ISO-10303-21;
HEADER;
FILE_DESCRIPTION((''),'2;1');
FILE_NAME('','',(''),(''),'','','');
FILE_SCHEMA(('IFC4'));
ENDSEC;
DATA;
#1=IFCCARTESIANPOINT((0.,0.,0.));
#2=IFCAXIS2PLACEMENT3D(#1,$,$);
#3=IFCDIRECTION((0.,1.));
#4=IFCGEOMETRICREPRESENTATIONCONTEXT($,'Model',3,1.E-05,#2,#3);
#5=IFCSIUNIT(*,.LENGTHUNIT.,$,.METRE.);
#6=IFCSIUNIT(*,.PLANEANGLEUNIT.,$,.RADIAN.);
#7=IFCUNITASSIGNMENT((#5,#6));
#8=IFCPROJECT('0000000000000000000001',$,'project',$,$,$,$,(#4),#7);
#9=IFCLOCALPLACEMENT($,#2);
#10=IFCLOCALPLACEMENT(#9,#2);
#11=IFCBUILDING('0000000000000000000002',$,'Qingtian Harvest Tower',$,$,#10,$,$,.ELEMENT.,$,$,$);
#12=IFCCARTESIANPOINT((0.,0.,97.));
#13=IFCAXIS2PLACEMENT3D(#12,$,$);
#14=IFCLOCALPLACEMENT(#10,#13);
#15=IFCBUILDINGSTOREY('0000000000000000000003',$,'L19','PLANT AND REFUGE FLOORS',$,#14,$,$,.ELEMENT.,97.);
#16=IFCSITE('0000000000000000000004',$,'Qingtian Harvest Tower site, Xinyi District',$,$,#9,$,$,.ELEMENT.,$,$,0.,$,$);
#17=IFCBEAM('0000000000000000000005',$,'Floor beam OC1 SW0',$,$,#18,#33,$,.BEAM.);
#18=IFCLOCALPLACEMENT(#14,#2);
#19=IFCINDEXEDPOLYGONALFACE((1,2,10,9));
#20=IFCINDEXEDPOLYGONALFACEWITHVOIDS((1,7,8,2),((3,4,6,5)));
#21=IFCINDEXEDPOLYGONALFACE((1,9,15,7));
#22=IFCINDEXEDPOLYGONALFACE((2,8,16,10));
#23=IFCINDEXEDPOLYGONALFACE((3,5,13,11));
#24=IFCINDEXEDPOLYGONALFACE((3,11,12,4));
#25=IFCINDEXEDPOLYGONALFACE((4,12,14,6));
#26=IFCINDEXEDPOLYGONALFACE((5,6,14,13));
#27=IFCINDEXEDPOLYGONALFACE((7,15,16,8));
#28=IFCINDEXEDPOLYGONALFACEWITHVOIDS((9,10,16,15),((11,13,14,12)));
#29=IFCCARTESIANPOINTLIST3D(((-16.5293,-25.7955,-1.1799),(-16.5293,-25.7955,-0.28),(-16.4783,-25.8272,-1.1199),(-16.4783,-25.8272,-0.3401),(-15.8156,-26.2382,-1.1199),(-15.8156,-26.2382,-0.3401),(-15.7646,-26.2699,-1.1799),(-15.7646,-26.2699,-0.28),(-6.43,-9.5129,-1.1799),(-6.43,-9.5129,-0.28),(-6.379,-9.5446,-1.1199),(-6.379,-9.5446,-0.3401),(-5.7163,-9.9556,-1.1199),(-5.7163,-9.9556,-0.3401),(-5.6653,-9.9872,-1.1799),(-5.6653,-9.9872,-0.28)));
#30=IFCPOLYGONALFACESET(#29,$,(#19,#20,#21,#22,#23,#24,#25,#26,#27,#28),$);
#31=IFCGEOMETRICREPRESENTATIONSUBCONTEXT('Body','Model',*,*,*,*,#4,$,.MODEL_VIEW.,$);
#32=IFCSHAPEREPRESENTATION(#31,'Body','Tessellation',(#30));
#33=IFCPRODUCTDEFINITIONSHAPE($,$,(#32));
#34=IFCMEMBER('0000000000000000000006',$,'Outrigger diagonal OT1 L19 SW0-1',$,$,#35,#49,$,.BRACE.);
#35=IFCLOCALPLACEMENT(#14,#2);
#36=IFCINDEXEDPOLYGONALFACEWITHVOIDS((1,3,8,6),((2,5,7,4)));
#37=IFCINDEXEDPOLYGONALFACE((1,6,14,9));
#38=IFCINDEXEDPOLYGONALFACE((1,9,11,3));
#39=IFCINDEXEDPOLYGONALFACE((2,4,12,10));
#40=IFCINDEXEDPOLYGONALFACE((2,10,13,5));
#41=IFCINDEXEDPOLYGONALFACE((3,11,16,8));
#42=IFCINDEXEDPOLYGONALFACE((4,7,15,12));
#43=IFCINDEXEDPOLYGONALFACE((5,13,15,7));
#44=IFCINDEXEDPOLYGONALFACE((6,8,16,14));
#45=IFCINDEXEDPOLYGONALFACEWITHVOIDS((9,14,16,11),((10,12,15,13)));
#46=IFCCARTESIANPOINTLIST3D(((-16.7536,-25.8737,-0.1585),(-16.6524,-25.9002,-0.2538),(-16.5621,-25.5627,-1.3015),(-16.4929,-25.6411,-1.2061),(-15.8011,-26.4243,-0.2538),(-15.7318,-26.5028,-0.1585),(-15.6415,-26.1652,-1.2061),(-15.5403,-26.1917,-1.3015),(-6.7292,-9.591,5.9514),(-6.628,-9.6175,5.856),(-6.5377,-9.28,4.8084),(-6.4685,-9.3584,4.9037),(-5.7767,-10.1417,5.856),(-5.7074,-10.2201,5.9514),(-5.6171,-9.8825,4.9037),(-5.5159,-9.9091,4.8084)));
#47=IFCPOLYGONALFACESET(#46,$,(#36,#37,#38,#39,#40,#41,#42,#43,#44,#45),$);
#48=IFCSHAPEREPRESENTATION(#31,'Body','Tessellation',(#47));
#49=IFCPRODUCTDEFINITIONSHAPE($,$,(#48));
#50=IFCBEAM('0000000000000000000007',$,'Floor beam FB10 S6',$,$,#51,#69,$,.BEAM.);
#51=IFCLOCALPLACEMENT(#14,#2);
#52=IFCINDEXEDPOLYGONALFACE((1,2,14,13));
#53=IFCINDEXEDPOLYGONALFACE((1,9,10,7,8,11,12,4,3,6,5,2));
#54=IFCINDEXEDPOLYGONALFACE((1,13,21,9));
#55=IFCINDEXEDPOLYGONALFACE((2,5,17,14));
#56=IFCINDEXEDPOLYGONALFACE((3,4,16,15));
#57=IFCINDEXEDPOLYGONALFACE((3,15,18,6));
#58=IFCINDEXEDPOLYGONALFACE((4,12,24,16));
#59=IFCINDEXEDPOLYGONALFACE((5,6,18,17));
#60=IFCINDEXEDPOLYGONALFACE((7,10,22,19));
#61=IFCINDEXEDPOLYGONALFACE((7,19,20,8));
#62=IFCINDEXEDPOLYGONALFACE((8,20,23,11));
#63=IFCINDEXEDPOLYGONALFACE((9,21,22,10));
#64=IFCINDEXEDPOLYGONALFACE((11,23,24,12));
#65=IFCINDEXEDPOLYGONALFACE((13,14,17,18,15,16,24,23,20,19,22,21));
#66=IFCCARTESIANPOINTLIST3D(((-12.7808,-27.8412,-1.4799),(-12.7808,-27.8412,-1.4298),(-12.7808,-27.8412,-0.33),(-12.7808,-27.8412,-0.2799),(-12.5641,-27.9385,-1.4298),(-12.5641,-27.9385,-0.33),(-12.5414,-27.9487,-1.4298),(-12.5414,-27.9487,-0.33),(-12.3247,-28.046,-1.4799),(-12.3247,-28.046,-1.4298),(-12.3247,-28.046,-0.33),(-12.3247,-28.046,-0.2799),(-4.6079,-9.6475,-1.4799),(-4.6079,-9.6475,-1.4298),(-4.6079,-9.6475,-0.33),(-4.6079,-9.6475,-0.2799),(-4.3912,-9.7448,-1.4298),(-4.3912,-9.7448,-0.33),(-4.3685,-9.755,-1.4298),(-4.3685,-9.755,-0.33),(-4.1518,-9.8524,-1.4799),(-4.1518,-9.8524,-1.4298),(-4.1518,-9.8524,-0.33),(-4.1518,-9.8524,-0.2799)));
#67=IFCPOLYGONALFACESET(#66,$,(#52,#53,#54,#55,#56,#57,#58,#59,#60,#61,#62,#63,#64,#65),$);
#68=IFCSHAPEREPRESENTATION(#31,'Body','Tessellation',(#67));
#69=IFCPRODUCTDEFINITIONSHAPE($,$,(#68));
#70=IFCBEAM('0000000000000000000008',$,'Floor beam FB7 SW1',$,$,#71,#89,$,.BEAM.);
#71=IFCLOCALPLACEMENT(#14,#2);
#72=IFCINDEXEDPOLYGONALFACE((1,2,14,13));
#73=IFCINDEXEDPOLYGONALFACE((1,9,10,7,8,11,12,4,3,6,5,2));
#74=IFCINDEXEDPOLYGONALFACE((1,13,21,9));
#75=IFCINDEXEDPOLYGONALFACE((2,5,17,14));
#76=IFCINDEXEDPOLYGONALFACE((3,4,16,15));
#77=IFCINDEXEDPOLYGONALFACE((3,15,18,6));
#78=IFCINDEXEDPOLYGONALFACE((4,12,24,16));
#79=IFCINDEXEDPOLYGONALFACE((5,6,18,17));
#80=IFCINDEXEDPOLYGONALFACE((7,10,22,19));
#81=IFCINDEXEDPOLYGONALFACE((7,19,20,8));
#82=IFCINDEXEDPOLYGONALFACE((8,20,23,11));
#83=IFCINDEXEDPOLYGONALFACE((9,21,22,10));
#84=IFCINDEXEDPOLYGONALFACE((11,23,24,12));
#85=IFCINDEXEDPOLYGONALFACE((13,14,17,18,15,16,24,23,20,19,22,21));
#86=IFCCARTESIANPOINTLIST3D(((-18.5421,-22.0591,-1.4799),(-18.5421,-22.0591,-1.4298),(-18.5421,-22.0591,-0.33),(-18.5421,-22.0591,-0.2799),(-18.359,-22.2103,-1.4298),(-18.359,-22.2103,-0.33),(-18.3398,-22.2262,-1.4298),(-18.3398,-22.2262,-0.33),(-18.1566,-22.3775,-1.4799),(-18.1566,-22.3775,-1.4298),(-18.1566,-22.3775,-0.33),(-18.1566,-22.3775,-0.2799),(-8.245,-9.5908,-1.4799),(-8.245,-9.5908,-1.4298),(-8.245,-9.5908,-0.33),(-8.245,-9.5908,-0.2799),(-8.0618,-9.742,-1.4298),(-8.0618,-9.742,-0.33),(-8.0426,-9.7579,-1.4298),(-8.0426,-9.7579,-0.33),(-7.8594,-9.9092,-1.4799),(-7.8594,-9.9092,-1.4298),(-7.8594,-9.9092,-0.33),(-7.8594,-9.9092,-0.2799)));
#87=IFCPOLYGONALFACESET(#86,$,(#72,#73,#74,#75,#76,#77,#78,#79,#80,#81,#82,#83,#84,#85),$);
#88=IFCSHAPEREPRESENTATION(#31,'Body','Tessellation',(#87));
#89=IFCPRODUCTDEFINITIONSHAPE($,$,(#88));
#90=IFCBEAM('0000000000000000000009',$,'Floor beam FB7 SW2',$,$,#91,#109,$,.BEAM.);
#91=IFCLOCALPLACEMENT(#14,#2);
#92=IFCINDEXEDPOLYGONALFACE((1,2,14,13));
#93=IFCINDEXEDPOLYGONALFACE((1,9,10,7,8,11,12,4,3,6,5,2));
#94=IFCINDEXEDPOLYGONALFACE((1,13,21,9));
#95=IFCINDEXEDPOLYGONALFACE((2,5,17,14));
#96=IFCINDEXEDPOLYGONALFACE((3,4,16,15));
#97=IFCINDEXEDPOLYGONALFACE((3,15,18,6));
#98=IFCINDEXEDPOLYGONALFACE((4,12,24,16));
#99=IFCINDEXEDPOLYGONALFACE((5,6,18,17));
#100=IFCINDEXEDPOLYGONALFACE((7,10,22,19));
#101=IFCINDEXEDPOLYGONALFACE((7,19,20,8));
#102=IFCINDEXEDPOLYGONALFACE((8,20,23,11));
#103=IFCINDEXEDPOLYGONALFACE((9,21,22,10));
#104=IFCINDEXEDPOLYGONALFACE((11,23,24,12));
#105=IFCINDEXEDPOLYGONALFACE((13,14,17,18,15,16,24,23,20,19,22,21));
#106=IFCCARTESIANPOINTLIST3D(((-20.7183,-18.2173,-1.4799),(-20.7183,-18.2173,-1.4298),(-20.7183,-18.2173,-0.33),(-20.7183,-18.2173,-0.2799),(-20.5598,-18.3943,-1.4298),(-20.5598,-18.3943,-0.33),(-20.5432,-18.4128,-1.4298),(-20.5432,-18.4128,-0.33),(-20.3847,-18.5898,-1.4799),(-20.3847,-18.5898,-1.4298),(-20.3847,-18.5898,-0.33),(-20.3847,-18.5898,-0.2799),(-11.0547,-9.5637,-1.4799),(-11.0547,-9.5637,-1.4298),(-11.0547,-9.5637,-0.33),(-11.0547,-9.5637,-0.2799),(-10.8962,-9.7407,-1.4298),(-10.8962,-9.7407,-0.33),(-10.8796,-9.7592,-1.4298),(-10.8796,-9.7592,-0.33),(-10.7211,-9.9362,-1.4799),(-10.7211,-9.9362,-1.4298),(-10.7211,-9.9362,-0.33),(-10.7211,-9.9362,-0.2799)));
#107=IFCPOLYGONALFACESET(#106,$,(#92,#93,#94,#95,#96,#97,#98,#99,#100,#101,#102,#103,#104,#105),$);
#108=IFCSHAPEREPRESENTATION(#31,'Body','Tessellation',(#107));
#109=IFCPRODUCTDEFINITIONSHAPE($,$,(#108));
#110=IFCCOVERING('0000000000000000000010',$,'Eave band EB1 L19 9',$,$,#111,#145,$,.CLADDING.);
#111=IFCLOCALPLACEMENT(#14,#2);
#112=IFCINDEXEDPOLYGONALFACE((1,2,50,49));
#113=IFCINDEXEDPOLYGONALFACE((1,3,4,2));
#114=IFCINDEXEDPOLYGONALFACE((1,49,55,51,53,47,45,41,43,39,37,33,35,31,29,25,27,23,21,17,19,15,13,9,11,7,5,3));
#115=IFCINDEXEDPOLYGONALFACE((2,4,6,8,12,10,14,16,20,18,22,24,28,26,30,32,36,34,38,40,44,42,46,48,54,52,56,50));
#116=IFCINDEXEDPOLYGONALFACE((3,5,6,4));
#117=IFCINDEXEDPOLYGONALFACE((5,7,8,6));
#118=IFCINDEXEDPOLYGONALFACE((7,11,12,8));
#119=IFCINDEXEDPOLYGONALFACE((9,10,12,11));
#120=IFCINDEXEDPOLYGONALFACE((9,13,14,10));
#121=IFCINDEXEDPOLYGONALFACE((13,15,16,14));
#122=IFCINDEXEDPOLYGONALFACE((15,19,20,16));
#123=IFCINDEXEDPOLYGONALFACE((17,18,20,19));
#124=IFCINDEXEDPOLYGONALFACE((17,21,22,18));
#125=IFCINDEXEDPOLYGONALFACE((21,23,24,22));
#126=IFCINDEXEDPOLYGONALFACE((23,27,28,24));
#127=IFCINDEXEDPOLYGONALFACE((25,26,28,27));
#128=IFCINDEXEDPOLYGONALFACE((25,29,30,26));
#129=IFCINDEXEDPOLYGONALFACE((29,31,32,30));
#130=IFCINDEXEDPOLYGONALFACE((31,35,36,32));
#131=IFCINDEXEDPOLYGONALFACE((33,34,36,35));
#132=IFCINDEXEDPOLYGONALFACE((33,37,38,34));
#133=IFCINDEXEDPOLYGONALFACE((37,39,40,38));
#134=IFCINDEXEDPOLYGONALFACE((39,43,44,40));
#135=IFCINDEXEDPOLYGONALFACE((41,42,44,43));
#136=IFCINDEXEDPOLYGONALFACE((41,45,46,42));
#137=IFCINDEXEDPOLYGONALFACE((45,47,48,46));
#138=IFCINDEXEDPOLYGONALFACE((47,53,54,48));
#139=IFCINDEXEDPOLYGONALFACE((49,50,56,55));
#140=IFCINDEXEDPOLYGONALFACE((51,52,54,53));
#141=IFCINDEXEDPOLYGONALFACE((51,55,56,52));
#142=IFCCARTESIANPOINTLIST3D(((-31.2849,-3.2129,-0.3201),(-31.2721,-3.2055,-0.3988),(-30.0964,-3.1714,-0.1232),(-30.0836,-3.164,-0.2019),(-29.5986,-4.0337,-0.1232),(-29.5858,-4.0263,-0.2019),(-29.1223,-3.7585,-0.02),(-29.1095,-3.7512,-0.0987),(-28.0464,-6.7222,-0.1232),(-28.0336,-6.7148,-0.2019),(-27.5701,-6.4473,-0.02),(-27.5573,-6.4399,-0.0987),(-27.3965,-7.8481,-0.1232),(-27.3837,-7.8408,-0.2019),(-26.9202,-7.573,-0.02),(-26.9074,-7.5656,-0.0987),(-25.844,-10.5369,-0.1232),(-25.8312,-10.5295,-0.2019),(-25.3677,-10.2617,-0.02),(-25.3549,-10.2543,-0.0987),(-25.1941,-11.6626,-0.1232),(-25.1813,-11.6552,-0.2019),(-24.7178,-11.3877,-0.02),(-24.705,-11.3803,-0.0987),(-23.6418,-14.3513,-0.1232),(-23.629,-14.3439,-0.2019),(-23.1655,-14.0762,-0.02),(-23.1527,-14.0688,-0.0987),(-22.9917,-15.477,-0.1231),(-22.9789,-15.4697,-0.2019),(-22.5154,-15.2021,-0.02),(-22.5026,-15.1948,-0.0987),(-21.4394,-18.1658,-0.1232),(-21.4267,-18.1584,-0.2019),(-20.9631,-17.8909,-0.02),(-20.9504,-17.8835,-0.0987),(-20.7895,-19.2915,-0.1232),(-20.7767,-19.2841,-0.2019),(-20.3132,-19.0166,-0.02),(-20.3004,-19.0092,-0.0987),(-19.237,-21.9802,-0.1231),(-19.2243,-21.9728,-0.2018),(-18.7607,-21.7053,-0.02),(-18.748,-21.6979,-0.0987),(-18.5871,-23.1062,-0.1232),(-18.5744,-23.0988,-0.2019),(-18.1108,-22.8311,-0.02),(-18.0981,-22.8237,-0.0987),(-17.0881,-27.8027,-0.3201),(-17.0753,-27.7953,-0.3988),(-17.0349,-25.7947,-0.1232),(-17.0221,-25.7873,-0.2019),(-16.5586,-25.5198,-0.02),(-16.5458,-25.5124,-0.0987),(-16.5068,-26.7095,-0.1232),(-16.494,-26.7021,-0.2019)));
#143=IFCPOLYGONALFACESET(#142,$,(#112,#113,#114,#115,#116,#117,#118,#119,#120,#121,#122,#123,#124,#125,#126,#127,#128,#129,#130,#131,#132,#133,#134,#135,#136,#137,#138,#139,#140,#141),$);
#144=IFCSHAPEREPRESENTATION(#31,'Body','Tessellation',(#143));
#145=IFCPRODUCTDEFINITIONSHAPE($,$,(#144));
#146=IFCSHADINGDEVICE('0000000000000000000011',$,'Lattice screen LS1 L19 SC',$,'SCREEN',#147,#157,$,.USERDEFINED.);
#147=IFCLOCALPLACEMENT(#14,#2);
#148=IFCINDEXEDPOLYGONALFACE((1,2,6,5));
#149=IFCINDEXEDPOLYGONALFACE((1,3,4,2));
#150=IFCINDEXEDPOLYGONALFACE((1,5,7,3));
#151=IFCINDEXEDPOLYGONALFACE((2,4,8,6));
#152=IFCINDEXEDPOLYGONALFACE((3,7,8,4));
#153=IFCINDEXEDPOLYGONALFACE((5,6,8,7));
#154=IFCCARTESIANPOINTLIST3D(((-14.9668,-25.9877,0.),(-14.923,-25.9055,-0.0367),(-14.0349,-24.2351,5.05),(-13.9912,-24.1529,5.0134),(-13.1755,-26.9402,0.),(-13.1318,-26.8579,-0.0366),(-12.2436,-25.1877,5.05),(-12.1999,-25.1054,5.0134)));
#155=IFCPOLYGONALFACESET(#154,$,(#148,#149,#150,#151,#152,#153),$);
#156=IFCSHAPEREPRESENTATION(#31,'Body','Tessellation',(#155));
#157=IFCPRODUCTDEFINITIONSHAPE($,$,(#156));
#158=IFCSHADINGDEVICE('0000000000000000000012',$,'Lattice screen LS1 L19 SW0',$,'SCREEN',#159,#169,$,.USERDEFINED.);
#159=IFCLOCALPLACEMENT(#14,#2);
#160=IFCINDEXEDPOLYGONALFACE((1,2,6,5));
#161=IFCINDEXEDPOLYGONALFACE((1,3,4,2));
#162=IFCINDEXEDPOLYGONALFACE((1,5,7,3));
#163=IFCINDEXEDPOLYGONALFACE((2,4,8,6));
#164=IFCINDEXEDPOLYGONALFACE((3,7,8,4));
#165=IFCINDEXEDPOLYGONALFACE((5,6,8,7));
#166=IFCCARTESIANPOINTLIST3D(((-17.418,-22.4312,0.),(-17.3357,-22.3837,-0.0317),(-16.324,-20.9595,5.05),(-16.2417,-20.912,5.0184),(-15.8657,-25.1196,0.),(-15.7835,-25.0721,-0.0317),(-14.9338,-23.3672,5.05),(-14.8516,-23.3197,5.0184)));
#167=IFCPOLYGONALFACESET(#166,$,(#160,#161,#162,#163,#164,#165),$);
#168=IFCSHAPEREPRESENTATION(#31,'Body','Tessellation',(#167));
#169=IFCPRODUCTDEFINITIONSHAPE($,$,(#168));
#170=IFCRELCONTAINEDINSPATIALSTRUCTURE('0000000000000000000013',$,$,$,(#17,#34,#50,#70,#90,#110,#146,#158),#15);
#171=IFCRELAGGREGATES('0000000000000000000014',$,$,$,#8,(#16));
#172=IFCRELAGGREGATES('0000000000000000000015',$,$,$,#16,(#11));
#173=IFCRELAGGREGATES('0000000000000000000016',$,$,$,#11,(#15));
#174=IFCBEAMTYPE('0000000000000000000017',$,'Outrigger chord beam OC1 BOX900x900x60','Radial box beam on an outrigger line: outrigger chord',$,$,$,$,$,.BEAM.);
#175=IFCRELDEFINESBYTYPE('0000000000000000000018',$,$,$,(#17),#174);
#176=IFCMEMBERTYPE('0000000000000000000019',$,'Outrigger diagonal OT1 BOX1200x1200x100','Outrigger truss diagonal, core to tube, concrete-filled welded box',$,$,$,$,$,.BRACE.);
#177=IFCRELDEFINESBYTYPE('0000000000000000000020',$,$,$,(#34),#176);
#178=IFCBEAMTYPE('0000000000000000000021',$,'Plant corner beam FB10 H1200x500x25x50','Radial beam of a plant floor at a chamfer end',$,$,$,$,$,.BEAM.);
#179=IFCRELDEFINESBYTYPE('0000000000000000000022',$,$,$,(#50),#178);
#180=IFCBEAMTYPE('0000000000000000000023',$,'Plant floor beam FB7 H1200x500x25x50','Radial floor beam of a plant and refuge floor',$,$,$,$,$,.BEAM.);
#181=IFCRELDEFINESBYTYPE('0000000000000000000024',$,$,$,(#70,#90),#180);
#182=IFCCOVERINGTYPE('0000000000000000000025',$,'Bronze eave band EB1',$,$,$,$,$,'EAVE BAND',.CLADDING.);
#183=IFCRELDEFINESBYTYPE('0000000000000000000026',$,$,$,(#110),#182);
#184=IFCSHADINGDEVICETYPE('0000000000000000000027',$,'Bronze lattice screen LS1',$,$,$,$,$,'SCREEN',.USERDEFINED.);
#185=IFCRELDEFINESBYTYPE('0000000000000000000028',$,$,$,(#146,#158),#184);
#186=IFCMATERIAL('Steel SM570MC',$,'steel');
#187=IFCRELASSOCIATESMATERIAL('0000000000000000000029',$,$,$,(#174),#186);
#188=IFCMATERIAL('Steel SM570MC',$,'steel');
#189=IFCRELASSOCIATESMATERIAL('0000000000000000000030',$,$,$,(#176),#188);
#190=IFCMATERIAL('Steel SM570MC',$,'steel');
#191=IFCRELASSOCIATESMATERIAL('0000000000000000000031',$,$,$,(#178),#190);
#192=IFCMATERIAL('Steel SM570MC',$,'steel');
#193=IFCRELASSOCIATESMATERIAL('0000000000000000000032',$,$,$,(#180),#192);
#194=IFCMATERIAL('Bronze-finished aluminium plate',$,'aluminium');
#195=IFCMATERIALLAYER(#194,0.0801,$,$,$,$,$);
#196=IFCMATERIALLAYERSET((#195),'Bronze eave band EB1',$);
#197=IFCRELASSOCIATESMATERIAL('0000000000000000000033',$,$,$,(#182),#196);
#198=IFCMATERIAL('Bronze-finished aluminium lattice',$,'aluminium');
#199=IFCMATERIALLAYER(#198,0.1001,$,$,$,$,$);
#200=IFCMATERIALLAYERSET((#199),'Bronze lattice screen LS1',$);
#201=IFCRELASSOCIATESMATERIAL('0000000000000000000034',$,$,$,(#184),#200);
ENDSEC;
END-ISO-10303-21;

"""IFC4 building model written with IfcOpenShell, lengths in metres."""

from ifc_helpers import new_model, si_unit, direction, frame, origin, origin_2d, place, context, subcontext, project, spatial, polyline, hollow_rectangle, i_section, outline, extrude, material, layer, layer_set, material_profile, profile_set, type_object, element, save


model = new_model("IFC4")

# Units and contexts
model_context = context("Model", 3, precision=1e-05, world=origin(), true_north=direction((0.0, 1.0)))
body_context = subcontext(model_context, "Body", "Model", "MODEL_VIEW")
ifc_project = project(units=[si_unit("LENGTHUNIT", "METRE"), si_unit("PLANEANGLEUNIT", "RADIAN")], contexts=[model_context])

# Site, building, storey
site_placement = place(None, origin())
site = spatial("IfcSite", under=ifc_project, at=site_placement, Name="Qingtian Harvest Tower site, Xinyi District", CompositionType="ELEMENT", RefElevation=0.0)
building_placement = place(site_placement, origin())
building = spatial("IfcBuilding", under=site, at=building_placement, Name="Qingtian Harvest Tower", CompositionType="ELEMENT")
storey_placement = place(building_placement, frame((0.0, 0.0, 97.0)))
storey = spatial("IfcBuildingStorey", under=building, at=storey_placement, Name="L19", Description="PLANT AND REFUGE FLOORS", CompositionType="ELEMENT", Elevation=97.0)

# Beam
ifc_material_1 = material(Name="Steel SM570MC", Category="steel")
ifc_material_profile_1 = material_profile(ifc_material_1, hollow_rectangle(XDim=0.8999, YDim=0.8999, WallThickness=0.0601, at=origin_2d()), Name="BOX900x900x60")
ifc_profile_set_1 = profile_set([ifc_material_profile_1], Name="Steel SM570MC")
beam_type_1 = type_object("IfcBeamType", Name="Outrigger chord beam OC1 BOX900x900x60", Description="Radial box beam on an outrigger line: outrigger chord", PredefinedType="BEAM", material=ifc_profile_set_1)
beam_1_placement = place(storey_placement, frame((-16.147, -26.0327, -0.73), z_axis=(0.527094, 0.849807, 0.0), x_axis=(-0.849807, 0.527094, 0.0)))
element("IfcBeam", 1, at=beam_1_placement, inside=storey, type_object=beam_type_1, Name="Floor beam OC1 SW0", PredefinedType="BEAM", context=body_context, shape_type="SweptSolid", body=[
    extrude(hollow_rectangle(XDim=0.8999, YDim=0.8999, WallThickness=0.0601, at=origin_2d()), origin(), (0.0, 0.0, 1.0), 19.1604),
])

# Member
ifc_material_2 = material(Name="Steel SM570MC", Category="steel")
ifc_material_profile_2 = material_profile(ifc_material_2, hollow_rectangle(XDim=1.2, YDim=1.2, WallThickness=0.1001, at=origin_2d()), Name="BOX1200x1200x100")
ifc_profile_set_2 = profile_set([ifc_material_profile_2], Name="Steel SM570MC")
member_type_1 = type_object("IfcMemberType", Name="Outrigger diagonal OT1 BOX1200x1200x100", Description="Outrigger truss diagonal, core to tube, concrete-filled welded box", PredefinedType="BRACE", material=ifc_profile_set_2)
member_1_placement = place(storey_placement, frame((-16.147, -26.0327, -0.73), z_axis=(0.499385, 0.811154, 0.304374), x_axis=(-0.851558, 0.52426, 0.0)))
element("IfcMember", 2, at=member_1_placement, inside=storey, type_object=member_type_1, Name="Outrigger diagonal OT1 L19 SW0-1", PredefinedType="BRACE", context=body_context, shape_type="SweptSolid", body=[
    extrude(hollow_rectangle(XDim=1.2, YDim=1.2, WallThickness=0.1001, at=origin_2d()), origin(), (0.0, 0.0, 1.0), 20.0735),
])

# Beams
ifc_material_3 = material(Name="Steel SM570MC", Category="steel")
ifc_material_profile_3 = material_profile(ifc_material_3, i_section(OverallWidth=0.5, OverallDepth=1.2, WebThickness=0.0249, FlangeThickness=0.05, at=origin_2d()), Name="H1200x500x25x50")
ifc_profile_set_3 = profile_set([ifc_material_profile_3], Name="Steel SM570MC")
beam_type_2 = type_object("IfcBeamType", Name="Plant corner beam FB10 H1200x500x25x50", Description="Radial beam of a plant floor at a chamfer end", PredefinedType="BEAM", material=ifc_profile_set_3)
beam_2_placement = place(storey_placement, frame((-12.5527, -27.9436, -0.8799), z_axis=(0.40977, 0.912189, 0.0), x_axis=(-0.912189, 0.40977, 0.0)))
element("IfcBeam", 3, at=beam_2_placement, inside=storey, type_object=beam_type_2, Name="Floor beam FB10 S6", PredefinedType="BEAM", context=body_context, shape_type="SweptSolid", body=[
    extrude(i_section(OverallWidth=0.5, OverallDepth=1.2, WebThickness=0.0249, FlangeThickness=0.05, at=origin_2d()), origin(), (0.0, 0.0, 1.0), 19.9451),
])
ifc_material_4 = material(Name="Steel SM570MC", Category="steel")
ifc_material_profile_4 = material_profile(ifc_material_4, i_section(OverallWidth=0.5, OverallDepth=1.2, WebThickness=0.0249, FlangeThickness=0.05, at=origin_2d()), Name="H1200x500x25x50")
ifc_profile_set_4 = profile_set([ifc_material_profile_4], Name="Steel SM570MC")
beam_type_3 = type_object("IfcBeamType", Name="Plant floor beam FB7 H1200x500x25x50", Description="Radial floor beam of a plant and refuge floor", PredefinedType="BEAM", material=ifc_profile_set_4)
beam_3_placement = place(storey_placement, frame((-18.3494, -22.2183, -0.8799), z_axis=(0.63678, 0.771045, 0.0), x_axis=(-0.771045, 0.63678, 0.0)))
element("IfcBeam", 4, at=beam_3_placement, inside=storey, type_object=beam_type_3, Name="Floor beam FB7 SW1", PredefinedType="BEAM", context=body_context, shape_type="SweptSolid", body=[
    extrude(i_section(OverallWidth=0.5, OverallDepth=1.2, WebThickness=0.0249, FlangeThickness=0.05, at=origin_2d()), origin(), (0.0, 0.0, 1.0), 16.1707),
])
beam_4_placement = place(storey_placement, frame((-20.5515, -18.4036, -0.8799), z_axis=(0.744965, 0.667103, 0.0), x_axis=(-0.667103, 0.744965, 0.0)))
element("IfcBeam", 5, at=beam_4_placement, inside=storey, type_object=beam_type_3, Name="Floor beam FB7 SW2", PredefinedType="BEAM", context=body_context, shape_type="SweptSolid", body=[
    extrude(i_section(OverallWidth=0.5, OverallDepth=1.2, WebThickness=0.0249, FlangeThickness=0.05, at=origin_2d()), origin(), (0.0, 0.0, 1.0), 12.9719),
])

# Covering
ifc_material_5 = material(Name="Bronze-finished aluminium plate", Category="aluminium")
ifc_layer_1 = layer(ifc_material_5, 0.0801)
ifc_layer_set_1 = layer_set([ifc_layer_1], Name="Bronze eave band EB1")
covering_type = type_object("IfcCoveringType", Name="Bronze eave band EB1", ElementType="EAVE BAND", PredefinedType="CLADDING", material=ifc_layer_set_1)
covering_1_placement = place(storey_placement, frame((-16.5586, -25.5198, -0.02), z_axis=(-0.159641, -0.092168, 0.982863), x_axis=(-0.851262, -0.491297, -0.184337)))
element("IfcCovering", 6, at=covering_1_placement, inside=storey, type_object=covering_type, Name="Eave band EB1 L19 9", PredefinedType="CLADDING", context=body_context, shape_type="SweptSolid", body=[
    extrude(outline(polyline([(0.0, 0.0), (0.5595, 0.0), (0.5594, 1.0563), (1.6277, 1.7126), (1.632, -26.6812), (0.5635, -26.1231), (0.5634, -25.1274), (0.0038, -25.1276), (0.0034, -22.023), (0.5629, -22.023), (0.5629, -20.7229), (0.0032, -20.7232), (0.0026, -17.6184), (0.5622, -17.6182), (0.5621, -16.3183), (0.0025, -16.3183), (0.002, -13.2139), (0.5617, -13.2137), (0.5613, -11.9137), (0.0018, -11.9137), (0.0014, -8.8091), (0.5609, -8.8091), (0.5607, -7.5092), (0.0012, -7.5092), (0.0006, -4.4045), (0.5601, -4.4045), (0.56, -3.1044), (0.0004, -3.1046), (0.0, 0.0)])), origin(), (0.0, 0.0, -1.0), 0.0801),
])

# Shading devices
ifc_material_6 = material(Name="Bronze-finished aluminium lattice", Category="aluminium")
ifc_layer_2 = layer(ifc_material_6, 0.1001)
ifc_layer_set_2 = layer_set([ifc_layer_2], Name="Bronze lattice screen LS1")
shading_device_type = type_object("IfcShadingDeviceType", Name="Bronze lattice screen LS1", ElementType="SCREEN", PredefinedType="USERDEFINED", material=ifc_layer_set_2)
shading_device_1_placement = place(storey_placement, frame((-13.1755, -26.9402, 0.0), z_axis=(-0.436963, -0.821735, 0.365807), x_axis=(-0.882934, 0.469498, -0.000018)))
element("IfcShadingDevice", 7, at=shading_device_1_placement, inside=storey, type_object=shading_device_type, Name="Lattice screen LS1 L19 SC", ObjectType="SCREEN", PredefinedType="USERDEFINED", context=body_context, shape_type="SweptSolid", body=[
    extrude(outline(polyline([(0.0, 0.0), (2.0287, 0.0), (2.0287, -5.4262), (-0.0001, -5.4261), (0.0, 0.0)])), origin(), (0.0, 0.0, -1.0), 0.1001),
])
shading_device_2_placement = place(storey_placement, frame((-15.8657, -25.1196, 0.0), z_axis=(-0.821581, -0.474355, 0.316215), x_axis=(-0.500012, 0.866018, 0.0)))
element("IfcShadingDevice", 8, at=shading_device_2_placement, inside=storey, type_object=shading_device_type, Name="Lattice screen LS1 L19 SW0", ObjectType="SCREEN", PredefinedType="USERDEFINED", context=body_context, shape_type="SweptSolid", body=[
    extrude(outline(polyline([(0.0, 0.0), (3.1044, 0.0), (3.8319, -5.3232), (1.0517, -5.3232), (0.0, 0.0)])), origin(), (0.0, 0.0, -1.0), 0.1001),
])

save(model, "model.ifc")
